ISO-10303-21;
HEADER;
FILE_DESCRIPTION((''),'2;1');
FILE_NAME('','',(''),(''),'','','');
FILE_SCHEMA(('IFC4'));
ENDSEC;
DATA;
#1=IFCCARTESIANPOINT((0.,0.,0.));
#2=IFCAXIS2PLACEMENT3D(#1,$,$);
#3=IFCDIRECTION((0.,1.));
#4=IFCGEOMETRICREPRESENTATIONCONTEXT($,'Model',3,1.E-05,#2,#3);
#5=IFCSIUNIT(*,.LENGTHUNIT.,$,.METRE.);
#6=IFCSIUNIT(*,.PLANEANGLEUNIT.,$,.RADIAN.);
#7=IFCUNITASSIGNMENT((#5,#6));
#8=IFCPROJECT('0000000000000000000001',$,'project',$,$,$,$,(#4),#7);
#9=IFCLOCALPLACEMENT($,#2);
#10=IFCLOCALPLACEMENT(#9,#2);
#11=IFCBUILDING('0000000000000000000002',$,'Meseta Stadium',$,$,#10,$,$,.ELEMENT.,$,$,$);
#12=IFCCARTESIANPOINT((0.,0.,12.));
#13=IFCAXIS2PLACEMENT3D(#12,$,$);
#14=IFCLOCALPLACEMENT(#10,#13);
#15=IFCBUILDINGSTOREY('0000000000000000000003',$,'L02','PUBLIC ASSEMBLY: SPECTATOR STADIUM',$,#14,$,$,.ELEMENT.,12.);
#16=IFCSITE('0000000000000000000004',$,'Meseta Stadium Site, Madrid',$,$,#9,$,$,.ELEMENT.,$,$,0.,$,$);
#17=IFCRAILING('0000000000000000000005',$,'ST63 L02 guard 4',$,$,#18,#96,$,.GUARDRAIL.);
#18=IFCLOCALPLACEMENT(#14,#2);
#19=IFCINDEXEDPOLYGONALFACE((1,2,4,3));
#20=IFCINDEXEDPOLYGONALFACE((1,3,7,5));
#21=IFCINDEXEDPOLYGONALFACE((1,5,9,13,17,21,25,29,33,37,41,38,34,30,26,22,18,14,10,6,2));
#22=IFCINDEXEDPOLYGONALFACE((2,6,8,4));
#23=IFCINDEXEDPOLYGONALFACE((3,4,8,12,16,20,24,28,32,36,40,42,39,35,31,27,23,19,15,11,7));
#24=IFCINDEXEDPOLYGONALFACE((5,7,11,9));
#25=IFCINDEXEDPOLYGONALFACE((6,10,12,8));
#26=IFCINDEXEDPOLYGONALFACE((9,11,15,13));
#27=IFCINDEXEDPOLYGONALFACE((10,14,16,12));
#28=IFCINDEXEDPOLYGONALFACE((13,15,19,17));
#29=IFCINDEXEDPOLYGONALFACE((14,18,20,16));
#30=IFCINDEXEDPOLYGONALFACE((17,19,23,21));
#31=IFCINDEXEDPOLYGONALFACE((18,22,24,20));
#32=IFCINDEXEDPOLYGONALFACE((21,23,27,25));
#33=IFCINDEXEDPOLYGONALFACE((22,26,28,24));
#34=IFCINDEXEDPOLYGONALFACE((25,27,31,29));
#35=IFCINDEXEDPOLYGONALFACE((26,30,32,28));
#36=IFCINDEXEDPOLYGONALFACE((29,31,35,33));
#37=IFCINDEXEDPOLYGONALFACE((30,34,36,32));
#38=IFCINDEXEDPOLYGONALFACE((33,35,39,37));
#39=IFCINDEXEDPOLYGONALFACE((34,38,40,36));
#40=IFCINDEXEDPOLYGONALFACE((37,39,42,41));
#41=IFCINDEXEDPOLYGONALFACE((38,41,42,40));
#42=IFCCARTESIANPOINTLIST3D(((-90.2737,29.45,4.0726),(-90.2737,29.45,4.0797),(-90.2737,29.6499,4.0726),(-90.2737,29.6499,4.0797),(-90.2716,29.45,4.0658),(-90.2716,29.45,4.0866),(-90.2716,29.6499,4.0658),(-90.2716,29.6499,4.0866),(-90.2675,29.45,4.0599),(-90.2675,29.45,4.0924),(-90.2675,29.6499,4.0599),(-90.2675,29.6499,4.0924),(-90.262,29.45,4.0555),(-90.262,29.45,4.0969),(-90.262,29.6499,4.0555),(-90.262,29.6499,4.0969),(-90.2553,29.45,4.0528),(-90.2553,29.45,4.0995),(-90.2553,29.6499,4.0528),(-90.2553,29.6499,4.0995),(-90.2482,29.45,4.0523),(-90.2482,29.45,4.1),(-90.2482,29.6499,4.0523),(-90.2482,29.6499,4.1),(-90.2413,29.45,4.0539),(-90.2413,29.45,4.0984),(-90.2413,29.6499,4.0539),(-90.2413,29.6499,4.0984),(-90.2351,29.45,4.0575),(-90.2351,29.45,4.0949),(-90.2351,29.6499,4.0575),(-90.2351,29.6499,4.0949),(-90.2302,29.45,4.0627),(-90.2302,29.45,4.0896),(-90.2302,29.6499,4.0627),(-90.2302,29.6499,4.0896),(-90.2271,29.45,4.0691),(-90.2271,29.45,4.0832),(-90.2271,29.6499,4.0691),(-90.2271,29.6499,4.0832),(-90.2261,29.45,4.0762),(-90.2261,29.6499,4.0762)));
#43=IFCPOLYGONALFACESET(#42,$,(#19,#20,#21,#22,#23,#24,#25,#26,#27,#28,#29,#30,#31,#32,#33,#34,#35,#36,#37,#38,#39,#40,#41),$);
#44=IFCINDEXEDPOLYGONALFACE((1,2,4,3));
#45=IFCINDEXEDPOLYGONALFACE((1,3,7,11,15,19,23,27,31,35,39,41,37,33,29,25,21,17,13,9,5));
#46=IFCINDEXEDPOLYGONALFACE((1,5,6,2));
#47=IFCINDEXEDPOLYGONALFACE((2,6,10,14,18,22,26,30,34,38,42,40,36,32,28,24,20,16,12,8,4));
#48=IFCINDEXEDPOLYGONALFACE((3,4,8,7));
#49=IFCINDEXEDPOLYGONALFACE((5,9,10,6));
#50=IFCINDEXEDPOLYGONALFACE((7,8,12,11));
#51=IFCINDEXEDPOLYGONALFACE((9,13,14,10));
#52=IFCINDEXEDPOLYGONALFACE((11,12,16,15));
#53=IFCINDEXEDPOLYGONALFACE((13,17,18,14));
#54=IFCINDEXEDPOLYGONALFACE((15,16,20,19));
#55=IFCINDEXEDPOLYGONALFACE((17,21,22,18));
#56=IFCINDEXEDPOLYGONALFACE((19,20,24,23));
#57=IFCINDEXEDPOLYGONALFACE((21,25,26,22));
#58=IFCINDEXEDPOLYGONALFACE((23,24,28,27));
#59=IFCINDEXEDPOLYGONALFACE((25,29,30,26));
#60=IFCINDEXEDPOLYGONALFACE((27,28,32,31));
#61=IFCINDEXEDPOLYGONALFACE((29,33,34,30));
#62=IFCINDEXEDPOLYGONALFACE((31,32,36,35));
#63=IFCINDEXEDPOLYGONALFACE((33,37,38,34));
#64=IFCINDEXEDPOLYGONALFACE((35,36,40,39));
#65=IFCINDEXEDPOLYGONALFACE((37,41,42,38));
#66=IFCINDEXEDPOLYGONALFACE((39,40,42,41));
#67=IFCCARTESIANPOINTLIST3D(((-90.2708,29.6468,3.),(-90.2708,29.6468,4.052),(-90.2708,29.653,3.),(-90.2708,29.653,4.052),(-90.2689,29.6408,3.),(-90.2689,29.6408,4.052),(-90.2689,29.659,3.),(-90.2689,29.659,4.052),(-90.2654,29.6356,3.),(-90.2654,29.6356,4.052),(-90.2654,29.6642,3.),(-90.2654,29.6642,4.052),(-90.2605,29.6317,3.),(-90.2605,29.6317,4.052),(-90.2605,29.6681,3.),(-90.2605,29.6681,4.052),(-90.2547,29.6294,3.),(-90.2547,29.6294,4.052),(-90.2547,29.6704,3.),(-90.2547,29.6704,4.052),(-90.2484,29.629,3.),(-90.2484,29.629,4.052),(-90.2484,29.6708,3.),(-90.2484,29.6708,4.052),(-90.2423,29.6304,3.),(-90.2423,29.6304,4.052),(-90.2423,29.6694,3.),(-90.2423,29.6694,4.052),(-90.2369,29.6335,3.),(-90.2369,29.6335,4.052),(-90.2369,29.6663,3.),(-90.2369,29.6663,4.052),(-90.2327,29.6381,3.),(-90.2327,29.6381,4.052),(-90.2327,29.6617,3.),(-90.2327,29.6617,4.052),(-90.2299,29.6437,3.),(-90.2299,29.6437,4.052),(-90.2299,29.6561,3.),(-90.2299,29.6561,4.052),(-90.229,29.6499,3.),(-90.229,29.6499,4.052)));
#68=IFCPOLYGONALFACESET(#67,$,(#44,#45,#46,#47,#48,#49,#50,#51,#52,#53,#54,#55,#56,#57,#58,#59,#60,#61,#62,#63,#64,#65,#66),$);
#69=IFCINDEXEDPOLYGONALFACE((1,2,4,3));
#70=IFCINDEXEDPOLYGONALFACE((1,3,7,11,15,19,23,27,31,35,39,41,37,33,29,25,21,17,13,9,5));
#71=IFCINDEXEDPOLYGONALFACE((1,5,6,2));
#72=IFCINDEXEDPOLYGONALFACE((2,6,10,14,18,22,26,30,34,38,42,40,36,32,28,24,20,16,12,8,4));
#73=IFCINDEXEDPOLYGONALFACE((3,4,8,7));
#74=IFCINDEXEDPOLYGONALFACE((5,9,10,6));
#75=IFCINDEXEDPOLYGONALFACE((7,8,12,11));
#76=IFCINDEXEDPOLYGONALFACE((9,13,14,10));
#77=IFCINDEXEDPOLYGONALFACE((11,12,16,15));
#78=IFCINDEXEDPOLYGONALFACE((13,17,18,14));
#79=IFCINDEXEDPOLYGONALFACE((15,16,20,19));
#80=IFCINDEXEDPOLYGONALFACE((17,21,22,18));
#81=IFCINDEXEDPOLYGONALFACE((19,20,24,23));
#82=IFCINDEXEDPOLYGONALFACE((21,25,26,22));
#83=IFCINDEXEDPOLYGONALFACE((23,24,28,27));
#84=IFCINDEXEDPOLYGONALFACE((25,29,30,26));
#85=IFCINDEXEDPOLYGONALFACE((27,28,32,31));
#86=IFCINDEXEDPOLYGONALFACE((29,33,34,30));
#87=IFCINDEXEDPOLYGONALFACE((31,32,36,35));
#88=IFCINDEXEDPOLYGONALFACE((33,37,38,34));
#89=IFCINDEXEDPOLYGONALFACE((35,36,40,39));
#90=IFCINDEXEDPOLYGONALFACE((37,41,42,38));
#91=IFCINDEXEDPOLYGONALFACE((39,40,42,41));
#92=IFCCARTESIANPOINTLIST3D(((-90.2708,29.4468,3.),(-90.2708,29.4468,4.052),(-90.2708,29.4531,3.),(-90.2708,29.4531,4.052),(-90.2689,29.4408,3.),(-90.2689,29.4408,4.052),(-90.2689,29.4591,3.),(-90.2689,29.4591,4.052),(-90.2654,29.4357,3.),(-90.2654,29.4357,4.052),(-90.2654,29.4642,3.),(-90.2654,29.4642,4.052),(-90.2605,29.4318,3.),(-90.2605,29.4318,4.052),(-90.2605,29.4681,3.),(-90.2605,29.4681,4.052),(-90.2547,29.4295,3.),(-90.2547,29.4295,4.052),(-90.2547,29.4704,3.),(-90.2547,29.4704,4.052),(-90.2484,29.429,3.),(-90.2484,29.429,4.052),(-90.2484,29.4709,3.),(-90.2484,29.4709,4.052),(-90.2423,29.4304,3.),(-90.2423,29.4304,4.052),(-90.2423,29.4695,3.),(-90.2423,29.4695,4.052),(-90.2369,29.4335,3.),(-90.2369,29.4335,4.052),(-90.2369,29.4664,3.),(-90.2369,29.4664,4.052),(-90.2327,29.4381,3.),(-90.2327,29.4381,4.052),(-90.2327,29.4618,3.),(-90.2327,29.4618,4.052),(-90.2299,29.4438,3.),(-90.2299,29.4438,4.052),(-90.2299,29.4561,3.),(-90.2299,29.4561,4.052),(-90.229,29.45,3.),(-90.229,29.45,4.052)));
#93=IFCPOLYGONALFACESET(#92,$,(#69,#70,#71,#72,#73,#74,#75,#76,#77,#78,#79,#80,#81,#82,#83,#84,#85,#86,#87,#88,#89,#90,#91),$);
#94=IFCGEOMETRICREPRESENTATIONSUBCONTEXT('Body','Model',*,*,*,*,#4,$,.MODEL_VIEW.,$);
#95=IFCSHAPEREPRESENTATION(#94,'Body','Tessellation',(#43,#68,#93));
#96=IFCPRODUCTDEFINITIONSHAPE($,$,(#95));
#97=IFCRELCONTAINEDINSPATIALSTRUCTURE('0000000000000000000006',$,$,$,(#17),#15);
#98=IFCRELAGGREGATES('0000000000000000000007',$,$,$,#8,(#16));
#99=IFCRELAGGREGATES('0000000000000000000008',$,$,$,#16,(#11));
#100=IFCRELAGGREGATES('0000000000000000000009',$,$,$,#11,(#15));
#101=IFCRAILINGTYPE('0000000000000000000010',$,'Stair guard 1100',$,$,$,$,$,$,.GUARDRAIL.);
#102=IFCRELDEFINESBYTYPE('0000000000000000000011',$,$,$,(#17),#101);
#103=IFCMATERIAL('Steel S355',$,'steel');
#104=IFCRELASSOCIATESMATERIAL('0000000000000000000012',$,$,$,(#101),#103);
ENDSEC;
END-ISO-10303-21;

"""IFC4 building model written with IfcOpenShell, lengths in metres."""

from ifc_helpers import new_model, si_unit, direction, frame, origin, origin_2d, place, context, subcontext, project, spatial, circle, extrude, material, type_object, element, save


model = new_model("IFC4")

# Units and contexts
model_context = context("Model", 3, precision=1e-05, world=origin(), true_north=direction((0.0, 1.0)))
body_context = subcontext(model_context, "Body", "Model", "MODEL_VIEW")
ifc_project = project(units=[si_unit("LENGTHUNIT", "METRE"), si_unit("PLANEANGLEUNIT", "RADIAN")], contexts=[model_context])

# Site, building, storey
site_placement = place(None, origin())
site = spatial("IfcSite", under=ifc_project, at=site_placement, Name="Meseta Stadium Site, Madrid", CompositionType="ELEMENT", RefElevation=0.0)
building_placement = place(site_placement, origin())
building = spatial("IfcBuilding", under=site, at=building_placement, Name="Meseta Stadium", CompositionType="ELEMENT")
storey_placement = place(building_placement, frame((0.0, 0.0, 12.0)))
storey = spatial("IfcBuildingStorey", under=building, at=storey_placement, Name="L02", Description="PUBLIC ASSEMBLY: SPECTATOR STADIUM", CompositionType="ELEMENT", Elevation=12.0)

# Railing
ifc_material_1 = material(Name="Steel S355", Category="steel")
railing_type_1 = type_object("IfcRailingType", Name="Stair guard 1100", PredefinedType="GUARDRAIL", material=ifc_material_1)
railing_1_placement = place(storey_placement, frame((-90.25, 29.6499, 3.0)))
element("IfcRailing", 1, at=railing_1_placement, inside=storey, type_object=railing_type_1, Name="ST63 L02 guard 4", PredefinedType="GUARDRAIL", context=body_context, shape_type="SweptSolid", body=[
    extrude(circle(Radius=0.0239, at=origin_2d()), frame((0.0, 0.0, 1.0762), z_axis=(0.0, -1.0, 0.0), x_axis=(1.0, 0.0, 0.0)), (0.0, 0.0, 1.0), 0.2),
    extrude(circle(Radius=0.021, at=origin_2d()), origin(), (0.0, 0.0, 1.0), 1.052),
    extrude(circle(Radius=0.021, at=origin_2d()), frame((0.0, -0.2, 0.0)), (0.0, 0.0, 1.0), 1.052),
])

save(model, "model.ifc")
